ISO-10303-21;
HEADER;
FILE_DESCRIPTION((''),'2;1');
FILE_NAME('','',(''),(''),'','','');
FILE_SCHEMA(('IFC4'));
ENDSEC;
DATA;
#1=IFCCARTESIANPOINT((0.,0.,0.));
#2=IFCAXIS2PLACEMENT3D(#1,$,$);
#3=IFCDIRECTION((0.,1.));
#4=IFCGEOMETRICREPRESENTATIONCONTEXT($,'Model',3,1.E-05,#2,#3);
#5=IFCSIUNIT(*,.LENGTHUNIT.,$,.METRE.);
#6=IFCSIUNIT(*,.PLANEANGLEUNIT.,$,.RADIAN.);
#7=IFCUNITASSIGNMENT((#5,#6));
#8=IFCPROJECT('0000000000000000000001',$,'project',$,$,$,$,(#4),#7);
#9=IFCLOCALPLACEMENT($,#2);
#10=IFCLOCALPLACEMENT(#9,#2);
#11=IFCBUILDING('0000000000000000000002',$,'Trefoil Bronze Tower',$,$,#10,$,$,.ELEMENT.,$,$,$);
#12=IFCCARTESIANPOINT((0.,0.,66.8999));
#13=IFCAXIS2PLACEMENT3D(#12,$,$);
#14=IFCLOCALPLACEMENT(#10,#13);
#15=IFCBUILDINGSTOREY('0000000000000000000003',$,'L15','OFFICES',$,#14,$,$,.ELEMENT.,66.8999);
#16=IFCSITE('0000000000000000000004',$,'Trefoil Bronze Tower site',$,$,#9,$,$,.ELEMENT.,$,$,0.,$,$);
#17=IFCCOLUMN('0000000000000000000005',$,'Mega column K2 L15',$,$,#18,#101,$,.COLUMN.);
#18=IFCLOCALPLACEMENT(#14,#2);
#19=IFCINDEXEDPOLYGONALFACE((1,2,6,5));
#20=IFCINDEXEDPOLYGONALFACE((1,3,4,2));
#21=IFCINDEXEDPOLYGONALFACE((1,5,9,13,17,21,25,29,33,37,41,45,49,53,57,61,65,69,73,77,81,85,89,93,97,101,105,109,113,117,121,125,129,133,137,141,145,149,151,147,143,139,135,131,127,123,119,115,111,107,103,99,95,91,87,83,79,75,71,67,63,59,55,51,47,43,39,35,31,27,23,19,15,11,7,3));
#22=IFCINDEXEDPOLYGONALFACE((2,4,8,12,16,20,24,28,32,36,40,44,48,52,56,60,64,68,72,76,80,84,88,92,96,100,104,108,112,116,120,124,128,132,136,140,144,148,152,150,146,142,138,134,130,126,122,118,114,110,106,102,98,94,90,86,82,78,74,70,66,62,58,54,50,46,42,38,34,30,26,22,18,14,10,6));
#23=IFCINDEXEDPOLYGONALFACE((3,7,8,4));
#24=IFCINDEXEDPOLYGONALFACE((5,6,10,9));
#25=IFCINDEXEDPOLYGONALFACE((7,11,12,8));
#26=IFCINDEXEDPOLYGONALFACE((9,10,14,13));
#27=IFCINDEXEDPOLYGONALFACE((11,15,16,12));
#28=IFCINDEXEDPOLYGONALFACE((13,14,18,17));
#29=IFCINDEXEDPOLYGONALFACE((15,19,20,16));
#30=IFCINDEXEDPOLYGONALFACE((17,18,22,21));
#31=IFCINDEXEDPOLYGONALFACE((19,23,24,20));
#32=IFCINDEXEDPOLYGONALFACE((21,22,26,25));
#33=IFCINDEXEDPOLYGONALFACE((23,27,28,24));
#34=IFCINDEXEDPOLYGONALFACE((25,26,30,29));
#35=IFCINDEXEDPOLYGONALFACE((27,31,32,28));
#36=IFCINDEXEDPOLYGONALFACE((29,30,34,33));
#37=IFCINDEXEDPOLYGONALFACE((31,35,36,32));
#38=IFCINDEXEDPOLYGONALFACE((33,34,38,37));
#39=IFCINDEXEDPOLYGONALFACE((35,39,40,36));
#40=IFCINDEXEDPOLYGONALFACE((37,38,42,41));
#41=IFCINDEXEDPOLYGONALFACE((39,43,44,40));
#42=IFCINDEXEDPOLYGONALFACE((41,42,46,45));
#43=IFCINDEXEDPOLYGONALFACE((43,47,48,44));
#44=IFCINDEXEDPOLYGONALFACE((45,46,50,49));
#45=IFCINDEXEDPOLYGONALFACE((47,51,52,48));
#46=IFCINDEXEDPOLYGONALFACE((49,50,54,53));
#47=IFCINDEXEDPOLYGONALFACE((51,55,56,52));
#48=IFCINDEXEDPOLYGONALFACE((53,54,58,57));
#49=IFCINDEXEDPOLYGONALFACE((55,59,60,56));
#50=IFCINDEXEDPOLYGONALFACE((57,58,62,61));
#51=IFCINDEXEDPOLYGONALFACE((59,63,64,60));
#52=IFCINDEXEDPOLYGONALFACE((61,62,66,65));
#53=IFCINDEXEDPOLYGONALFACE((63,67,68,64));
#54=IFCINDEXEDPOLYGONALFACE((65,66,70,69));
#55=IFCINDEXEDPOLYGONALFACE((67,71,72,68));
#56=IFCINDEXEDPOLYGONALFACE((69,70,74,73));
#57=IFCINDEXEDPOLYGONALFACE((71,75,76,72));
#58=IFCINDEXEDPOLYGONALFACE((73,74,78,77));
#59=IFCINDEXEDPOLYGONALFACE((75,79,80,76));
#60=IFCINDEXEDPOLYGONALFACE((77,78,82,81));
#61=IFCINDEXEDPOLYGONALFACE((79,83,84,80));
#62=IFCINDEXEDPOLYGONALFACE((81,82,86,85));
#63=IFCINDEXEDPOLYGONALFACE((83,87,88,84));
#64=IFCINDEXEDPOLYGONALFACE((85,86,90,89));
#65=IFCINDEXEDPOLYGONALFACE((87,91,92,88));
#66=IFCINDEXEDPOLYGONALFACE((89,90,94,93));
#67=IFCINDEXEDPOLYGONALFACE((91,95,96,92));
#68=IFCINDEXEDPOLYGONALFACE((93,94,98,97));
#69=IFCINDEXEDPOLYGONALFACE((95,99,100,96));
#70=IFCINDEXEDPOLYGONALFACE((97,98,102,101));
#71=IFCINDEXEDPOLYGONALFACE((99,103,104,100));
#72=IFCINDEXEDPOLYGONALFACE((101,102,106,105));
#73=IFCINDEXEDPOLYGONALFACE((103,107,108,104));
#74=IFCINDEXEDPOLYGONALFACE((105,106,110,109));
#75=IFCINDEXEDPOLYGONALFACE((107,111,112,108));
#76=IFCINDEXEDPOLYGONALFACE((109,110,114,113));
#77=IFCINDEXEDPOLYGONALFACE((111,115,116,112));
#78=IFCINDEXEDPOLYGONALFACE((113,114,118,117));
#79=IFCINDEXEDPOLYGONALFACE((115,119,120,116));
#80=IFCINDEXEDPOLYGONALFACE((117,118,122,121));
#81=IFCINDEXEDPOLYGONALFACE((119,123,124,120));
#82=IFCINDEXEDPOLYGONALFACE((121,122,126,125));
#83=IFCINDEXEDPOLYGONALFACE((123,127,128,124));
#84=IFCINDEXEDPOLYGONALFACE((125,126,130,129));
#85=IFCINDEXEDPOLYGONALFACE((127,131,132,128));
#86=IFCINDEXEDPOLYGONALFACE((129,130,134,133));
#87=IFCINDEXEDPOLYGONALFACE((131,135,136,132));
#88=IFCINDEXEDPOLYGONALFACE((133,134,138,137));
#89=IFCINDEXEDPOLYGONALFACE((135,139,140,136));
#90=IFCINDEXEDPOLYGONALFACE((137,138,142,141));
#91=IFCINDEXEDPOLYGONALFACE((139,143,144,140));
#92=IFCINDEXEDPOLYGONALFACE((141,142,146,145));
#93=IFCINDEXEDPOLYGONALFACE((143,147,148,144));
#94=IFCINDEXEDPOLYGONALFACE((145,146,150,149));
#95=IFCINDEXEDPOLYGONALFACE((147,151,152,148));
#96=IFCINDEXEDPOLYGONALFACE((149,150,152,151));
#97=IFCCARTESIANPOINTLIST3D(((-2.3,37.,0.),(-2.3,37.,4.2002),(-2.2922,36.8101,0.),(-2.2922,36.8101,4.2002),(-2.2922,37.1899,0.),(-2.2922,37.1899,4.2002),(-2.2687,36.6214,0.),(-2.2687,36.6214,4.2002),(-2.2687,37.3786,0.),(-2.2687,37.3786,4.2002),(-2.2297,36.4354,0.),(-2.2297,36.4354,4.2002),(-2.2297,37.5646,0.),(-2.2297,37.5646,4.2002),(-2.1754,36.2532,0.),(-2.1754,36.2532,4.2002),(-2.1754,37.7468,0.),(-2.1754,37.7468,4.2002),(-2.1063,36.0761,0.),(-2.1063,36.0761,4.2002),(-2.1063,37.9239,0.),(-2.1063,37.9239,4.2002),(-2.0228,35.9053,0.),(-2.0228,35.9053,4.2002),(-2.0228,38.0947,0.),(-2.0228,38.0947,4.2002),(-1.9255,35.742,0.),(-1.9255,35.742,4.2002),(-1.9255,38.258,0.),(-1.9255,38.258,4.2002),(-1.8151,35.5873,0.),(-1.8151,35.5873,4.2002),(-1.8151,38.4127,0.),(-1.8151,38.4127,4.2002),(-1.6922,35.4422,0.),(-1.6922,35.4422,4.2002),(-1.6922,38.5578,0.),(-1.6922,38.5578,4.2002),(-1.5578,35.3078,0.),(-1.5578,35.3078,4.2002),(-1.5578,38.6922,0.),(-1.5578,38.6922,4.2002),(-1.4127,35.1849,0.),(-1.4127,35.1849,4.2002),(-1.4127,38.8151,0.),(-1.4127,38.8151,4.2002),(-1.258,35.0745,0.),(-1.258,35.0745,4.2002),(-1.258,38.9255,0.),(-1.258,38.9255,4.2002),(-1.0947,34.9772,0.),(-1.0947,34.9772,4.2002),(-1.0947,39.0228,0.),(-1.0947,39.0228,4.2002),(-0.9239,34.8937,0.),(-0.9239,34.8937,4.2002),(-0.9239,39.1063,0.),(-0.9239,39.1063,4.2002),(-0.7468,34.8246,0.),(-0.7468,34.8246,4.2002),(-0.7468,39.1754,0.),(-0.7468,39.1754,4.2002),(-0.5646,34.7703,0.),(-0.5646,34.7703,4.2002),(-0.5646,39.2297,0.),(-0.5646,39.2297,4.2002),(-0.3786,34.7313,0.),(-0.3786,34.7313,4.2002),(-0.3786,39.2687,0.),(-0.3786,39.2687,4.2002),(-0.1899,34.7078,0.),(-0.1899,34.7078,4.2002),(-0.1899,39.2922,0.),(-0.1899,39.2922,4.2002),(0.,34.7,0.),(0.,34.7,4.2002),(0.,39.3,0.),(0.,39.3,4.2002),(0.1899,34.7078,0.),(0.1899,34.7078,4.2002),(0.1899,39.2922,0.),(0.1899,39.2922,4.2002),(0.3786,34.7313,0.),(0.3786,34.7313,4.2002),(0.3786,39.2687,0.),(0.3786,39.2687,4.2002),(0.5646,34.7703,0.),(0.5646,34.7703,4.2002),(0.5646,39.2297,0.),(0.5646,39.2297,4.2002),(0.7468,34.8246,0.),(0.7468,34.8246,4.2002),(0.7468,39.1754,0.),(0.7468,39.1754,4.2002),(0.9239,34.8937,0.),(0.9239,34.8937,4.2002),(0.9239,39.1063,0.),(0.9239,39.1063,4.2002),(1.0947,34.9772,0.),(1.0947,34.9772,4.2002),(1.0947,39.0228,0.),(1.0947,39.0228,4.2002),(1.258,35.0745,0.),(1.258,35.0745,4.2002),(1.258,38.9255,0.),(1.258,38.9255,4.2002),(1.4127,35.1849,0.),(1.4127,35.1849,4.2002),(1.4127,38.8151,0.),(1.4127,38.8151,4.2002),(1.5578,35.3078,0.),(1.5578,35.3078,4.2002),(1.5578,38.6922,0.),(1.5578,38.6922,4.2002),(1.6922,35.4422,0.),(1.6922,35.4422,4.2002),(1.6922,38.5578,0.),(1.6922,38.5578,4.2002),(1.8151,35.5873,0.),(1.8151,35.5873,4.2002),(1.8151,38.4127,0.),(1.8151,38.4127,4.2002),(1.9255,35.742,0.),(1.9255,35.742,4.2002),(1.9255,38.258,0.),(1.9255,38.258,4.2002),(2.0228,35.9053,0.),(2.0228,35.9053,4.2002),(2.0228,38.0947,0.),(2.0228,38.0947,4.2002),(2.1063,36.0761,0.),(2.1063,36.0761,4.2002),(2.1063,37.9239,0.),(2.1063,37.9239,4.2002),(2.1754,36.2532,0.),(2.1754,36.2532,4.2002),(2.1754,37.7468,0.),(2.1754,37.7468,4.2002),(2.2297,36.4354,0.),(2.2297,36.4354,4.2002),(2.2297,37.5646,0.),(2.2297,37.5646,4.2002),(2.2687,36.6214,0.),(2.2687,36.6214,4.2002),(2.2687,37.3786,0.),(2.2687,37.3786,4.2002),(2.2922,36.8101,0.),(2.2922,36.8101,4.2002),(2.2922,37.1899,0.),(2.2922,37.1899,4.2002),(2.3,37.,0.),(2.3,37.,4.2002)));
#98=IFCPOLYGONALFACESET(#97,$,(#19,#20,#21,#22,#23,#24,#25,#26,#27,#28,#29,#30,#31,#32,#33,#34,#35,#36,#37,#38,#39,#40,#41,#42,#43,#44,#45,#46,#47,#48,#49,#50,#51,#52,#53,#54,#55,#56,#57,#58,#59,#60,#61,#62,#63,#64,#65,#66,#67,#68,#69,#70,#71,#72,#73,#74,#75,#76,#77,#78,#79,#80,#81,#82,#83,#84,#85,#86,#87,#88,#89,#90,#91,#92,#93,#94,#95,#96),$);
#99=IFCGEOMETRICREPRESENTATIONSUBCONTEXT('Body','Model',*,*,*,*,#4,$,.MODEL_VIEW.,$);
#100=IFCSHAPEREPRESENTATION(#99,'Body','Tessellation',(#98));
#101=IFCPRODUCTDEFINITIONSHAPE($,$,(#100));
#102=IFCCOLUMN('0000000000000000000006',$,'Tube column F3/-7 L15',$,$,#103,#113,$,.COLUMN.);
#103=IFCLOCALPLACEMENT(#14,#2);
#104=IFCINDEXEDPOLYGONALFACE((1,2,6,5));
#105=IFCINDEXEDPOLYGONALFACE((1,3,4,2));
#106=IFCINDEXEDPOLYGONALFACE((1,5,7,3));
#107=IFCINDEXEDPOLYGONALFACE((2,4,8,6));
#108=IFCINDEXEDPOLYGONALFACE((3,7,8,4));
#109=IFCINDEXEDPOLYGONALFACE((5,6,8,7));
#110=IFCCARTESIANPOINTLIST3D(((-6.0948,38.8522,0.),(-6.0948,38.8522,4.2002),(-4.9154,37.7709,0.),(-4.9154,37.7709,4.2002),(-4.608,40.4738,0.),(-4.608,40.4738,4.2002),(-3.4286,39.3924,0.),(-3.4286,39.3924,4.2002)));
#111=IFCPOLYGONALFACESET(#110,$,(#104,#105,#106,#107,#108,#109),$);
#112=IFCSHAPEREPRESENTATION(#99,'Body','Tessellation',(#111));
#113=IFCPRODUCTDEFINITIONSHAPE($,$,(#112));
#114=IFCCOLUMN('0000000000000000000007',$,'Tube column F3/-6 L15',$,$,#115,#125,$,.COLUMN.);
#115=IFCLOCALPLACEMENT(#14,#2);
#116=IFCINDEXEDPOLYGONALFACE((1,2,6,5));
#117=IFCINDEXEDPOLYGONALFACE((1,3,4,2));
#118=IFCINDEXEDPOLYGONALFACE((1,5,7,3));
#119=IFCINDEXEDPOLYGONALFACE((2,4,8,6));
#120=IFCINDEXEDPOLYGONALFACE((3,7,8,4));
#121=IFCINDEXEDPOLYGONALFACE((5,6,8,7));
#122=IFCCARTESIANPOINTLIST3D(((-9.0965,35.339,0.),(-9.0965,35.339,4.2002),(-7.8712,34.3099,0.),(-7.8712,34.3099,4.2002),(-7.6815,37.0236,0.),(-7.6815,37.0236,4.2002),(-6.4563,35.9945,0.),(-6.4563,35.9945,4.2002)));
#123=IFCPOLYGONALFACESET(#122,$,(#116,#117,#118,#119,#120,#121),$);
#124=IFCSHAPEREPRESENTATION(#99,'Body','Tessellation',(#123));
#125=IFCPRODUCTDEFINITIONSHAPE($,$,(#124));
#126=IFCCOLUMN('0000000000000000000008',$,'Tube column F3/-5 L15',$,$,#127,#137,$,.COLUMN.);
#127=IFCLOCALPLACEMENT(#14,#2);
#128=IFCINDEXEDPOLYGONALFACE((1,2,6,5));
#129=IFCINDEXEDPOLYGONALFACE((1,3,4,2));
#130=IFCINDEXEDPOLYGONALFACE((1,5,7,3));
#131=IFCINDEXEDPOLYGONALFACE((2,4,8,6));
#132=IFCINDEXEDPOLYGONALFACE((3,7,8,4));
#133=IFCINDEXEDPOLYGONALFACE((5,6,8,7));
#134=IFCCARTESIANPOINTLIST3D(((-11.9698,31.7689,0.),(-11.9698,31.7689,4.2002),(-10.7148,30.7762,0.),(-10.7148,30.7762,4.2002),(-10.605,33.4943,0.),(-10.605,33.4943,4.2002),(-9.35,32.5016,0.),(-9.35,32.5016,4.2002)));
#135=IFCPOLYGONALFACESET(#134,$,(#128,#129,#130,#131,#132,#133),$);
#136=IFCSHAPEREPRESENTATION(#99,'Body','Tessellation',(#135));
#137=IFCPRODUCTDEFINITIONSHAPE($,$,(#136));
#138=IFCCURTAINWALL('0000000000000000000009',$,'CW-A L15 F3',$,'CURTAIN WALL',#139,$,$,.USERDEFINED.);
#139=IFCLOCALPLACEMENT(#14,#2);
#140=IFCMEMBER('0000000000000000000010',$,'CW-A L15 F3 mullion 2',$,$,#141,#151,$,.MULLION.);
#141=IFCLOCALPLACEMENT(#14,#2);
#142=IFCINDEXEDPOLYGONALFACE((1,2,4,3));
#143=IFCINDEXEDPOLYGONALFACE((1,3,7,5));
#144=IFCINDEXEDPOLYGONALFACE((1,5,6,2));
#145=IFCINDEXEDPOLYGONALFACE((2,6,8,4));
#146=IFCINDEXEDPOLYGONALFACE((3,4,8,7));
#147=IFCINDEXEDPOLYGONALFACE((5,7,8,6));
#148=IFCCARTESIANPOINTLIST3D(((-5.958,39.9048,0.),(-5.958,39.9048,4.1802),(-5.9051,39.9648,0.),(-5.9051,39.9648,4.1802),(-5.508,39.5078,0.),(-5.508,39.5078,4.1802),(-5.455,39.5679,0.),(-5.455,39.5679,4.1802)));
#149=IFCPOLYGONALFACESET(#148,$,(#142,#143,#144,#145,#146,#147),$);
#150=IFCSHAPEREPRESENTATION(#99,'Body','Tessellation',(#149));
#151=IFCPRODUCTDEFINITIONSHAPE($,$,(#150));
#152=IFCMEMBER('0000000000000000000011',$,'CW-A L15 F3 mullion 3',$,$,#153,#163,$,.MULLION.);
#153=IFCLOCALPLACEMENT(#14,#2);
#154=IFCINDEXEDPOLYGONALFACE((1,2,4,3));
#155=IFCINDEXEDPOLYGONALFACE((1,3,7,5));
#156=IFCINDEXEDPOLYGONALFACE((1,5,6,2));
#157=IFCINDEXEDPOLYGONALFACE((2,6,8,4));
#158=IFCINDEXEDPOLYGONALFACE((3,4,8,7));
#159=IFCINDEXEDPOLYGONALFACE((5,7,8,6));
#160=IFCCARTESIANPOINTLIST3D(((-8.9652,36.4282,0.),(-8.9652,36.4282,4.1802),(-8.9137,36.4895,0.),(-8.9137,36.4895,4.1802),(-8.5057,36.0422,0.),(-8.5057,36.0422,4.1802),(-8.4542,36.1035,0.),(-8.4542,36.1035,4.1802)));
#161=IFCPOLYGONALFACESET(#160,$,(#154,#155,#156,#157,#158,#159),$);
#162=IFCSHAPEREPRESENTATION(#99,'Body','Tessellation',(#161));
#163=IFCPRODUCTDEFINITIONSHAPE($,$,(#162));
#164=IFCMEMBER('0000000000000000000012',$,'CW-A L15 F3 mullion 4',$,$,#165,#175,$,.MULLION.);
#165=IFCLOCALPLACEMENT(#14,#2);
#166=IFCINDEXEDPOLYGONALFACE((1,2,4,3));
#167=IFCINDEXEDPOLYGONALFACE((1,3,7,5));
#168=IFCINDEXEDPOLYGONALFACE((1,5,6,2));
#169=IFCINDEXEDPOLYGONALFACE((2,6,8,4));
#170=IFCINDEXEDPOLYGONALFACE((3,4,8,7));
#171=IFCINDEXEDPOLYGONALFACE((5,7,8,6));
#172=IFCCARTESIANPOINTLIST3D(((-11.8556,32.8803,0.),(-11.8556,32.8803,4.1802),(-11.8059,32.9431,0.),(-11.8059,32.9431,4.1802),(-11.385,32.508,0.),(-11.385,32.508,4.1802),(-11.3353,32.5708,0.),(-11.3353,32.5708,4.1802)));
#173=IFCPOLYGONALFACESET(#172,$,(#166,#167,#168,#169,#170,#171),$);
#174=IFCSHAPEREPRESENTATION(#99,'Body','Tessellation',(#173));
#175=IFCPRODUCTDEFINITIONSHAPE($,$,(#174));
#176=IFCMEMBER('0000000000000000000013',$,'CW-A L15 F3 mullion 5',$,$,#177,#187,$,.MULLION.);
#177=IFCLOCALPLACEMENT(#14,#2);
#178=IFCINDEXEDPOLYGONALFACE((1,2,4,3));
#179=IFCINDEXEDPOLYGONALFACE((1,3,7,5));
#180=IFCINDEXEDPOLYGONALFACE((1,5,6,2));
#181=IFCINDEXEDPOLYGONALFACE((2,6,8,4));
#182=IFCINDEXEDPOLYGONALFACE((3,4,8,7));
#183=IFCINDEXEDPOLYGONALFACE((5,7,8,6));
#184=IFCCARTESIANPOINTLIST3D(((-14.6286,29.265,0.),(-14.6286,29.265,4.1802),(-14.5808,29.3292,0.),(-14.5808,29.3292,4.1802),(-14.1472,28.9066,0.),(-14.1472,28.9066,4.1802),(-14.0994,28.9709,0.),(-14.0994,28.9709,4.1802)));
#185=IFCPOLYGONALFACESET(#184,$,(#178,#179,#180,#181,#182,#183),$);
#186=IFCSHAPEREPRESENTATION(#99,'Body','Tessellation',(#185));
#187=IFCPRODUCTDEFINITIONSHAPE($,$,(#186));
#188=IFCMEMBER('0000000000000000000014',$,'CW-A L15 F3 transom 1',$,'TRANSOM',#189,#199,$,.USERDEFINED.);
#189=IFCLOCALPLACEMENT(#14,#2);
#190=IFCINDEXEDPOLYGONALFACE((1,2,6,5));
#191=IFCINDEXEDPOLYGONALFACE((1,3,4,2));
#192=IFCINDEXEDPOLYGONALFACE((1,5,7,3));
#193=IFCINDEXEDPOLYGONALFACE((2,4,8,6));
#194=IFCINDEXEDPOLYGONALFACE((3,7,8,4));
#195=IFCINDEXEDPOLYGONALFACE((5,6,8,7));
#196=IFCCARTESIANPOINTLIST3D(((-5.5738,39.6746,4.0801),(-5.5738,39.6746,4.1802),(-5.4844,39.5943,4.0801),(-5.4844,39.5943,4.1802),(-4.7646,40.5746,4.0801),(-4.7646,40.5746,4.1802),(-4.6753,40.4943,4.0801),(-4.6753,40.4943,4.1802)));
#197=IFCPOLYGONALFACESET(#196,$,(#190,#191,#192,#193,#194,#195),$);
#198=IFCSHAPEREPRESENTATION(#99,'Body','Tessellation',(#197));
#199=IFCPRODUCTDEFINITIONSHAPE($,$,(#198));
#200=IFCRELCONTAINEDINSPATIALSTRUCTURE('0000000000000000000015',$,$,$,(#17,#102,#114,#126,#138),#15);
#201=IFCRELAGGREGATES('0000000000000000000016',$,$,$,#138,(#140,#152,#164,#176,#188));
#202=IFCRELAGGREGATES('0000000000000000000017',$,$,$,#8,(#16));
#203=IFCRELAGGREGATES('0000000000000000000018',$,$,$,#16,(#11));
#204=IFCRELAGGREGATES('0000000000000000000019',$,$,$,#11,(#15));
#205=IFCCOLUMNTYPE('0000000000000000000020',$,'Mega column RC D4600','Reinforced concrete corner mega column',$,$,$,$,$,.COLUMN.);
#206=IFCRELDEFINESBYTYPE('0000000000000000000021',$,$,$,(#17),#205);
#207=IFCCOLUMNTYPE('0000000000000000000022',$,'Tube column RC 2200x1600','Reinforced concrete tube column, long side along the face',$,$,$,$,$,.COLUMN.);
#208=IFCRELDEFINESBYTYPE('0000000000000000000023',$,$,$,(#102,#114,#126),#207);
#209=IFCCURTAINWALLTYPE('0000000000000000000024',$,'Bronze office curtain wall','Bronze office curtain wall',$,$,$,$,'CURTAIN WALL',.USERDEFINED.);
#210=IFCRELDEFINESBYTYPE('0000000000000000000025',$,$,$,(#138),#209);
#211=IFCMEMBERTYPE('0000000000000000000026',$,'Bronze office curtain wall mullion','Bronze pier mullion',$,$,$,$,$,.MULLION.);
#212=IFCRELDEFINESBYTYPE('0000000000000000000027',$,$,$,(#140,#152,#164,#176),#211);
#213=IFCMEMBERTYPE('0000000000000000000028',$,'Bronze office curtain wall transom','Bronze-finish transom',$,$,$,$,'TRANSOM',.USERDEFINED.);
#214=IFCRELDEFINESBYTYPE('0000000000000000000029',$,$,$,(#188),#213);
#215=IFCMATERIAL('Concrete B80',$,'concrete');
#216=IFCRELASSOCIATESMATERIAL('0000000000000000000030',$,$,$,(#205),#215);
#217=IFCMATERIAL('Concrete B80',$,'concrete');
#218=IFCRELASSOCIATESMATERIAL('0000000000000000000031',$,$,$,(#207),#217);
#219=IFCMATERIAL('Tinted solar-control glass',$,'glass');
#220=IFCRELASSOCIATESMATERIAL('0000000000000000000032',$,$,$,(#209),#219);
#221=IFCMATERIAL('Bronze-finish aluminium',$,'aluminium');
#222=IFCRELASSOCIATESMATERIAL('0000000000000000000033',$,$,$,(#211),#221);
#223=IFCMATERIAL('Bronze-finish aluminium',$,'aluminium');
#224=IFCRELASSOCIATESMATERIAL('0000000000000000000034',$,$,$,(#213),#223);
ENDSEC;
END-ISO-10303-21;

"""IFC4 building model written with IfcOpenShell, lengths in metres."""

from ifc_helpers import new_model, si_unit, direction, frame, origin, origin_2d, place, context, subcontext, project, spatial, rectangle, circle, extrude, material, material_profile, profile_set, type_object, element, aggregate, save


model = new_model("IFC4")

# Units and contexts
model_context = context("Model", 3, precision=1e-05, world=origin(), true_north=direction((0.0, 1.0)))
body_context = subcontext(model_context, "Body", "Model", "MODEL_VIEW")
ifc_project = project(units=[si_unit("LENGTHUNIT", "METRE"), si_unit("PLANEANGLEUNIT", "RADIAN")], contexts=[model_context])

# Site, building, storey
site_placement = place(None, origin())
site = spatial("IfcSite", under=ifc_project, at=site_placement, Name="Trefoil Bronze Tower site", CompositionType="ELEMENT", RefElevation=0.0)
building_placement = place(site_placement, origin())
building = spatial("IfcBuilding", under=site, at=building_placement, Name="Trefoil Bronze Tower", CompositionType="ELEMENT")
storey_placement = place(building_placement, frame((0.0, 0.0, 66.8999)))
storey = spatial("IfcBuildingStorey", under=building, at=storey_placement, Name="L15", Description="OFFICES", CompositionType="ELEMENT", Elevation=66.8999)

# Columns
ifc_material_1 = material(Name="Concrete B80", Category="concrete")
ifc_material_profile_1 = material_profile(ifc_material_1, circle(Radius=2.3, at=origin_2d()), Name="RC D4600")
ifc_profile_set_1 = profile_set([ifc_material_profile_1], Name="Concrete B80")
column_type_1 = type_object("IfcColumnType", Name="Mega column RC D4600", Description="Reinforced concrete corner mega column", PredefinedType="COLUMN", material=ifc_profile_set_1)
column_placement = place(storey_placement, frame((0.0, 37.0, 0.0), z_axis=(0.0, 0.0, 1.0), x_axis=(1.0, 0.0, 0.0)))
element("IfcColumn", 1, at=column_placement, inside=storey, type_object=column_type_1, Name="Mega column K2 L15", PredefinedType="COLUMN", context=body_context, shape_type="SweptSolid", body=[
    extrude(circle(Radius=2.3, at=origin_2d()), origin(), (0.0, 0.0, 1.0), 4.2002),
])
ifc_material_2 = material(Name="Concrete B80", Category="concrete")
ifc_material_profile_2 = material_profile(ifc_material_2, rectangle(XDim=2.2, YDim=1.6001, at=origin_2d()), Name="RC 2200x1600")
ifc_profile_set_2 = profile_set([ifc_material_profile_2], Name="Concrete B80")
column_type_2 = type_object("IfcColumnType", Name="Tube column RC 2200x1600", Description="Reinforced concrete tube column, long side along the face", PredefinedType="COLUMN", material=ifc_profile_set_2)
for number, where, z_axis, x_axis, name in (
    (2, (-4.7617, 39.1223, 0.0), (0.0, 0.0, 1.0), (-0.675816, -0.73707, 0.0), "Tube column F3/-7 L15"),
    (3, (-7.7764, 35.6667, 0.0), (0.0, 0.0, 1.0), (-0.643163, -0.765729, 0.0), "Tube column F3/-6 L15"),
    (4, (-10.6599, 32.1353, 0.0), (0.0, 0.0, 1.0), (-0.620376, -0.784305, 0.0), "Tube column F3/-5 L15"),
):
    element("IfcColumn", number, at=place(storey_placement, frame(where, z_axis=z_axis, x_axis=x_axis)), inside=storey, type_object=column_type_2, Name=name, PredefinedType="COLUMN", context=body_context, shape_type="SweptSolid", body=[
        extrude(rectangle(XDim=2.2, YDim=1.6001, at=origin_2d()), origin(), (0.0, 0.0, 1.0), 4.2002),
    ])

# Curtain wall, members
ifc_material_3 = material(Name="Tinted solar-control glass", Category="glass")
curtain_wall_type_1 = type_object("IfcCurtainWallType", Name="Bronze office curtain wall", Description="Bronze office curtain wall", ElementType="CURTAIN WALL", PredefinedType="USERDEFINED", material=ifc_material_3)
curtain_wall_1_placement = place(storey_placement, origin())
curtain_wall_1 = element("IfcCurtainWall", 5, at=curtain_wall_1_placement, inside=storey, type_object=curtain_wall_type_1, Name="CW-A L15 F3", ObjectType="CURTAIN WALL", PredefinedType="USERDEFINED")
ifc_material_4 = material(Name="Bronze-finish aluminium", Category="aluminium")
ifc_material_profile_3 = material_profile(ifc_material_4, rectangle(XDim=0.6001, YDim=0.0801, at=origin_2d()), Name="CW-A mullion")
ifc_profile_set_3 = profile_set([ifc_material_profile_3], Name="Bronze-finish aluminium")
member_type_1 = type_object("IfcMemberType", Name="Bronze office curtain wall mullion", Description="Bronze pier mullion", PredefinedType="MULLION", material=ifc_profile_set_3)
member_1_placement = place(storey_placement, frame((-5.7065, 39.7363, 0.0), z_axis=(0.0, 0.0, 1.0), x_axis=(0.749941, -0.661505, 0.0)))
member_1 = element("IfcMember", 6, at=member_1_placement, type_object=member_type_1, Name="CW-A L15 F3 mullion 2", PredefinedType="MULLION", context=body_context, shape_type="SweptSolid", body=[
    extrude(rectangle(XDim=0.6001, YDim=0.0801, at=origin_2d()), origin(), (0.0, 0.0, 1.0), 4.1802),
])
member_2_placement = place(storey_placement, frame((-8.7097, 36.2659, 0.0), z_axis=(0.0, 0.0, 1.0), x_axis=(0.765729, -0.643163, 0.0)))
member_2 = element("IfcMember", 7, at=member_2_placement, type_object=member_type_1, Name="CW-A L15 F3 mullion 3", PredefinedType="MULLION", context=body_context, shape_type="SweptSolid", body=[
    extrude(rectangle(XDim=0.6001, YDim=0.0801, at=origin_2d()), origin(), (0.0, 0.0, 1.0), 4.1802),
])
member_3_placement = place(storey_placement, frame((-11.5955, 32.7256, 0.0), z_axis=(0.0, 0.0, 1.0), x_axis=(0.784305, -0.620376, 0.0)))
member_3 = element("IfcMember", 8, at=member_3_placement, type_object=member_type_1, Name="CW-A L15 F3 mullion 4", PredefinedType="MULLION", context=body_context, shape_type="SweptSolid", body=[
    extrude(rectangle(XDim=0.6001, YDim=0.0801, at=origin_2d()), origin(), (0.0, 0.0, 1.0), 4.1802),
])
member_4_placement = place(storey_placement, frame((-14.364, 29.1179, 0.0), z_axis=(0.0, 0.0, 1.0), x_axis=(0.802127, -0.597154, 0.0)))
member_4 = element("IfcMember", 9, at=member_4_placement, type_object=member_type_1, Name="CW-A L15 F3 mullion 5", PredefinedType="MULLION", context=body_context, shape_type="SweptSolid", body=[
    extrude(rectangle(XDim=0.6001, YDim=0.0801, at=origin_2d()), origin(), (0.0, 0.0, 1.0), 4.1802),
])
ifc_material_5 = material(Name="Bronze-finish aluminium", Category="aluminium")
ifc_material_profile_4 = material_profile(ifc_material_5, rectangle(XDim=0.1201, YDim=0.1001, at=origin_2d()), Name="CW-A transom")
ifc_profile_set_4 = profile_set([ifc_material_profile_4], Name="Bronze-finish aluminium")
member_type_2 = type_object("IfcMemberType", Name="Bronze office curtain wall transom", Description="Bronze-finish transom", ElementType="TRANSOM", PredefinedType="USERDEFINED", material=ifc_profile_set_4)
member_5_placement = place(storey_placement, frame((-4.72, 40.5344, 4.1301), z_axis=(-0.668586, -0.743635, 0.0), x_axis=(0.743635, -0.668586, 0.0)))
member_5 = element("IfcMember", 10, at=member_5_placement, type_object=member_type_2, Name="CW-A L15 F3 transom 1", ObjectType="TRANSOM", PredefinedType="USERDEFINED", context=body_context, shape_type="SweptSolid", body=[
    extrude(rectangle(XDim=0.1201, YDim=0.1001, at=origin_2d()), origin(), (0.0, 0.0, 1.0), 1.2102),
])

aggregate(curtain_wall_1, [member_1, member_2, member_3, member_4, member_5])

save(model, "model.ifc")
